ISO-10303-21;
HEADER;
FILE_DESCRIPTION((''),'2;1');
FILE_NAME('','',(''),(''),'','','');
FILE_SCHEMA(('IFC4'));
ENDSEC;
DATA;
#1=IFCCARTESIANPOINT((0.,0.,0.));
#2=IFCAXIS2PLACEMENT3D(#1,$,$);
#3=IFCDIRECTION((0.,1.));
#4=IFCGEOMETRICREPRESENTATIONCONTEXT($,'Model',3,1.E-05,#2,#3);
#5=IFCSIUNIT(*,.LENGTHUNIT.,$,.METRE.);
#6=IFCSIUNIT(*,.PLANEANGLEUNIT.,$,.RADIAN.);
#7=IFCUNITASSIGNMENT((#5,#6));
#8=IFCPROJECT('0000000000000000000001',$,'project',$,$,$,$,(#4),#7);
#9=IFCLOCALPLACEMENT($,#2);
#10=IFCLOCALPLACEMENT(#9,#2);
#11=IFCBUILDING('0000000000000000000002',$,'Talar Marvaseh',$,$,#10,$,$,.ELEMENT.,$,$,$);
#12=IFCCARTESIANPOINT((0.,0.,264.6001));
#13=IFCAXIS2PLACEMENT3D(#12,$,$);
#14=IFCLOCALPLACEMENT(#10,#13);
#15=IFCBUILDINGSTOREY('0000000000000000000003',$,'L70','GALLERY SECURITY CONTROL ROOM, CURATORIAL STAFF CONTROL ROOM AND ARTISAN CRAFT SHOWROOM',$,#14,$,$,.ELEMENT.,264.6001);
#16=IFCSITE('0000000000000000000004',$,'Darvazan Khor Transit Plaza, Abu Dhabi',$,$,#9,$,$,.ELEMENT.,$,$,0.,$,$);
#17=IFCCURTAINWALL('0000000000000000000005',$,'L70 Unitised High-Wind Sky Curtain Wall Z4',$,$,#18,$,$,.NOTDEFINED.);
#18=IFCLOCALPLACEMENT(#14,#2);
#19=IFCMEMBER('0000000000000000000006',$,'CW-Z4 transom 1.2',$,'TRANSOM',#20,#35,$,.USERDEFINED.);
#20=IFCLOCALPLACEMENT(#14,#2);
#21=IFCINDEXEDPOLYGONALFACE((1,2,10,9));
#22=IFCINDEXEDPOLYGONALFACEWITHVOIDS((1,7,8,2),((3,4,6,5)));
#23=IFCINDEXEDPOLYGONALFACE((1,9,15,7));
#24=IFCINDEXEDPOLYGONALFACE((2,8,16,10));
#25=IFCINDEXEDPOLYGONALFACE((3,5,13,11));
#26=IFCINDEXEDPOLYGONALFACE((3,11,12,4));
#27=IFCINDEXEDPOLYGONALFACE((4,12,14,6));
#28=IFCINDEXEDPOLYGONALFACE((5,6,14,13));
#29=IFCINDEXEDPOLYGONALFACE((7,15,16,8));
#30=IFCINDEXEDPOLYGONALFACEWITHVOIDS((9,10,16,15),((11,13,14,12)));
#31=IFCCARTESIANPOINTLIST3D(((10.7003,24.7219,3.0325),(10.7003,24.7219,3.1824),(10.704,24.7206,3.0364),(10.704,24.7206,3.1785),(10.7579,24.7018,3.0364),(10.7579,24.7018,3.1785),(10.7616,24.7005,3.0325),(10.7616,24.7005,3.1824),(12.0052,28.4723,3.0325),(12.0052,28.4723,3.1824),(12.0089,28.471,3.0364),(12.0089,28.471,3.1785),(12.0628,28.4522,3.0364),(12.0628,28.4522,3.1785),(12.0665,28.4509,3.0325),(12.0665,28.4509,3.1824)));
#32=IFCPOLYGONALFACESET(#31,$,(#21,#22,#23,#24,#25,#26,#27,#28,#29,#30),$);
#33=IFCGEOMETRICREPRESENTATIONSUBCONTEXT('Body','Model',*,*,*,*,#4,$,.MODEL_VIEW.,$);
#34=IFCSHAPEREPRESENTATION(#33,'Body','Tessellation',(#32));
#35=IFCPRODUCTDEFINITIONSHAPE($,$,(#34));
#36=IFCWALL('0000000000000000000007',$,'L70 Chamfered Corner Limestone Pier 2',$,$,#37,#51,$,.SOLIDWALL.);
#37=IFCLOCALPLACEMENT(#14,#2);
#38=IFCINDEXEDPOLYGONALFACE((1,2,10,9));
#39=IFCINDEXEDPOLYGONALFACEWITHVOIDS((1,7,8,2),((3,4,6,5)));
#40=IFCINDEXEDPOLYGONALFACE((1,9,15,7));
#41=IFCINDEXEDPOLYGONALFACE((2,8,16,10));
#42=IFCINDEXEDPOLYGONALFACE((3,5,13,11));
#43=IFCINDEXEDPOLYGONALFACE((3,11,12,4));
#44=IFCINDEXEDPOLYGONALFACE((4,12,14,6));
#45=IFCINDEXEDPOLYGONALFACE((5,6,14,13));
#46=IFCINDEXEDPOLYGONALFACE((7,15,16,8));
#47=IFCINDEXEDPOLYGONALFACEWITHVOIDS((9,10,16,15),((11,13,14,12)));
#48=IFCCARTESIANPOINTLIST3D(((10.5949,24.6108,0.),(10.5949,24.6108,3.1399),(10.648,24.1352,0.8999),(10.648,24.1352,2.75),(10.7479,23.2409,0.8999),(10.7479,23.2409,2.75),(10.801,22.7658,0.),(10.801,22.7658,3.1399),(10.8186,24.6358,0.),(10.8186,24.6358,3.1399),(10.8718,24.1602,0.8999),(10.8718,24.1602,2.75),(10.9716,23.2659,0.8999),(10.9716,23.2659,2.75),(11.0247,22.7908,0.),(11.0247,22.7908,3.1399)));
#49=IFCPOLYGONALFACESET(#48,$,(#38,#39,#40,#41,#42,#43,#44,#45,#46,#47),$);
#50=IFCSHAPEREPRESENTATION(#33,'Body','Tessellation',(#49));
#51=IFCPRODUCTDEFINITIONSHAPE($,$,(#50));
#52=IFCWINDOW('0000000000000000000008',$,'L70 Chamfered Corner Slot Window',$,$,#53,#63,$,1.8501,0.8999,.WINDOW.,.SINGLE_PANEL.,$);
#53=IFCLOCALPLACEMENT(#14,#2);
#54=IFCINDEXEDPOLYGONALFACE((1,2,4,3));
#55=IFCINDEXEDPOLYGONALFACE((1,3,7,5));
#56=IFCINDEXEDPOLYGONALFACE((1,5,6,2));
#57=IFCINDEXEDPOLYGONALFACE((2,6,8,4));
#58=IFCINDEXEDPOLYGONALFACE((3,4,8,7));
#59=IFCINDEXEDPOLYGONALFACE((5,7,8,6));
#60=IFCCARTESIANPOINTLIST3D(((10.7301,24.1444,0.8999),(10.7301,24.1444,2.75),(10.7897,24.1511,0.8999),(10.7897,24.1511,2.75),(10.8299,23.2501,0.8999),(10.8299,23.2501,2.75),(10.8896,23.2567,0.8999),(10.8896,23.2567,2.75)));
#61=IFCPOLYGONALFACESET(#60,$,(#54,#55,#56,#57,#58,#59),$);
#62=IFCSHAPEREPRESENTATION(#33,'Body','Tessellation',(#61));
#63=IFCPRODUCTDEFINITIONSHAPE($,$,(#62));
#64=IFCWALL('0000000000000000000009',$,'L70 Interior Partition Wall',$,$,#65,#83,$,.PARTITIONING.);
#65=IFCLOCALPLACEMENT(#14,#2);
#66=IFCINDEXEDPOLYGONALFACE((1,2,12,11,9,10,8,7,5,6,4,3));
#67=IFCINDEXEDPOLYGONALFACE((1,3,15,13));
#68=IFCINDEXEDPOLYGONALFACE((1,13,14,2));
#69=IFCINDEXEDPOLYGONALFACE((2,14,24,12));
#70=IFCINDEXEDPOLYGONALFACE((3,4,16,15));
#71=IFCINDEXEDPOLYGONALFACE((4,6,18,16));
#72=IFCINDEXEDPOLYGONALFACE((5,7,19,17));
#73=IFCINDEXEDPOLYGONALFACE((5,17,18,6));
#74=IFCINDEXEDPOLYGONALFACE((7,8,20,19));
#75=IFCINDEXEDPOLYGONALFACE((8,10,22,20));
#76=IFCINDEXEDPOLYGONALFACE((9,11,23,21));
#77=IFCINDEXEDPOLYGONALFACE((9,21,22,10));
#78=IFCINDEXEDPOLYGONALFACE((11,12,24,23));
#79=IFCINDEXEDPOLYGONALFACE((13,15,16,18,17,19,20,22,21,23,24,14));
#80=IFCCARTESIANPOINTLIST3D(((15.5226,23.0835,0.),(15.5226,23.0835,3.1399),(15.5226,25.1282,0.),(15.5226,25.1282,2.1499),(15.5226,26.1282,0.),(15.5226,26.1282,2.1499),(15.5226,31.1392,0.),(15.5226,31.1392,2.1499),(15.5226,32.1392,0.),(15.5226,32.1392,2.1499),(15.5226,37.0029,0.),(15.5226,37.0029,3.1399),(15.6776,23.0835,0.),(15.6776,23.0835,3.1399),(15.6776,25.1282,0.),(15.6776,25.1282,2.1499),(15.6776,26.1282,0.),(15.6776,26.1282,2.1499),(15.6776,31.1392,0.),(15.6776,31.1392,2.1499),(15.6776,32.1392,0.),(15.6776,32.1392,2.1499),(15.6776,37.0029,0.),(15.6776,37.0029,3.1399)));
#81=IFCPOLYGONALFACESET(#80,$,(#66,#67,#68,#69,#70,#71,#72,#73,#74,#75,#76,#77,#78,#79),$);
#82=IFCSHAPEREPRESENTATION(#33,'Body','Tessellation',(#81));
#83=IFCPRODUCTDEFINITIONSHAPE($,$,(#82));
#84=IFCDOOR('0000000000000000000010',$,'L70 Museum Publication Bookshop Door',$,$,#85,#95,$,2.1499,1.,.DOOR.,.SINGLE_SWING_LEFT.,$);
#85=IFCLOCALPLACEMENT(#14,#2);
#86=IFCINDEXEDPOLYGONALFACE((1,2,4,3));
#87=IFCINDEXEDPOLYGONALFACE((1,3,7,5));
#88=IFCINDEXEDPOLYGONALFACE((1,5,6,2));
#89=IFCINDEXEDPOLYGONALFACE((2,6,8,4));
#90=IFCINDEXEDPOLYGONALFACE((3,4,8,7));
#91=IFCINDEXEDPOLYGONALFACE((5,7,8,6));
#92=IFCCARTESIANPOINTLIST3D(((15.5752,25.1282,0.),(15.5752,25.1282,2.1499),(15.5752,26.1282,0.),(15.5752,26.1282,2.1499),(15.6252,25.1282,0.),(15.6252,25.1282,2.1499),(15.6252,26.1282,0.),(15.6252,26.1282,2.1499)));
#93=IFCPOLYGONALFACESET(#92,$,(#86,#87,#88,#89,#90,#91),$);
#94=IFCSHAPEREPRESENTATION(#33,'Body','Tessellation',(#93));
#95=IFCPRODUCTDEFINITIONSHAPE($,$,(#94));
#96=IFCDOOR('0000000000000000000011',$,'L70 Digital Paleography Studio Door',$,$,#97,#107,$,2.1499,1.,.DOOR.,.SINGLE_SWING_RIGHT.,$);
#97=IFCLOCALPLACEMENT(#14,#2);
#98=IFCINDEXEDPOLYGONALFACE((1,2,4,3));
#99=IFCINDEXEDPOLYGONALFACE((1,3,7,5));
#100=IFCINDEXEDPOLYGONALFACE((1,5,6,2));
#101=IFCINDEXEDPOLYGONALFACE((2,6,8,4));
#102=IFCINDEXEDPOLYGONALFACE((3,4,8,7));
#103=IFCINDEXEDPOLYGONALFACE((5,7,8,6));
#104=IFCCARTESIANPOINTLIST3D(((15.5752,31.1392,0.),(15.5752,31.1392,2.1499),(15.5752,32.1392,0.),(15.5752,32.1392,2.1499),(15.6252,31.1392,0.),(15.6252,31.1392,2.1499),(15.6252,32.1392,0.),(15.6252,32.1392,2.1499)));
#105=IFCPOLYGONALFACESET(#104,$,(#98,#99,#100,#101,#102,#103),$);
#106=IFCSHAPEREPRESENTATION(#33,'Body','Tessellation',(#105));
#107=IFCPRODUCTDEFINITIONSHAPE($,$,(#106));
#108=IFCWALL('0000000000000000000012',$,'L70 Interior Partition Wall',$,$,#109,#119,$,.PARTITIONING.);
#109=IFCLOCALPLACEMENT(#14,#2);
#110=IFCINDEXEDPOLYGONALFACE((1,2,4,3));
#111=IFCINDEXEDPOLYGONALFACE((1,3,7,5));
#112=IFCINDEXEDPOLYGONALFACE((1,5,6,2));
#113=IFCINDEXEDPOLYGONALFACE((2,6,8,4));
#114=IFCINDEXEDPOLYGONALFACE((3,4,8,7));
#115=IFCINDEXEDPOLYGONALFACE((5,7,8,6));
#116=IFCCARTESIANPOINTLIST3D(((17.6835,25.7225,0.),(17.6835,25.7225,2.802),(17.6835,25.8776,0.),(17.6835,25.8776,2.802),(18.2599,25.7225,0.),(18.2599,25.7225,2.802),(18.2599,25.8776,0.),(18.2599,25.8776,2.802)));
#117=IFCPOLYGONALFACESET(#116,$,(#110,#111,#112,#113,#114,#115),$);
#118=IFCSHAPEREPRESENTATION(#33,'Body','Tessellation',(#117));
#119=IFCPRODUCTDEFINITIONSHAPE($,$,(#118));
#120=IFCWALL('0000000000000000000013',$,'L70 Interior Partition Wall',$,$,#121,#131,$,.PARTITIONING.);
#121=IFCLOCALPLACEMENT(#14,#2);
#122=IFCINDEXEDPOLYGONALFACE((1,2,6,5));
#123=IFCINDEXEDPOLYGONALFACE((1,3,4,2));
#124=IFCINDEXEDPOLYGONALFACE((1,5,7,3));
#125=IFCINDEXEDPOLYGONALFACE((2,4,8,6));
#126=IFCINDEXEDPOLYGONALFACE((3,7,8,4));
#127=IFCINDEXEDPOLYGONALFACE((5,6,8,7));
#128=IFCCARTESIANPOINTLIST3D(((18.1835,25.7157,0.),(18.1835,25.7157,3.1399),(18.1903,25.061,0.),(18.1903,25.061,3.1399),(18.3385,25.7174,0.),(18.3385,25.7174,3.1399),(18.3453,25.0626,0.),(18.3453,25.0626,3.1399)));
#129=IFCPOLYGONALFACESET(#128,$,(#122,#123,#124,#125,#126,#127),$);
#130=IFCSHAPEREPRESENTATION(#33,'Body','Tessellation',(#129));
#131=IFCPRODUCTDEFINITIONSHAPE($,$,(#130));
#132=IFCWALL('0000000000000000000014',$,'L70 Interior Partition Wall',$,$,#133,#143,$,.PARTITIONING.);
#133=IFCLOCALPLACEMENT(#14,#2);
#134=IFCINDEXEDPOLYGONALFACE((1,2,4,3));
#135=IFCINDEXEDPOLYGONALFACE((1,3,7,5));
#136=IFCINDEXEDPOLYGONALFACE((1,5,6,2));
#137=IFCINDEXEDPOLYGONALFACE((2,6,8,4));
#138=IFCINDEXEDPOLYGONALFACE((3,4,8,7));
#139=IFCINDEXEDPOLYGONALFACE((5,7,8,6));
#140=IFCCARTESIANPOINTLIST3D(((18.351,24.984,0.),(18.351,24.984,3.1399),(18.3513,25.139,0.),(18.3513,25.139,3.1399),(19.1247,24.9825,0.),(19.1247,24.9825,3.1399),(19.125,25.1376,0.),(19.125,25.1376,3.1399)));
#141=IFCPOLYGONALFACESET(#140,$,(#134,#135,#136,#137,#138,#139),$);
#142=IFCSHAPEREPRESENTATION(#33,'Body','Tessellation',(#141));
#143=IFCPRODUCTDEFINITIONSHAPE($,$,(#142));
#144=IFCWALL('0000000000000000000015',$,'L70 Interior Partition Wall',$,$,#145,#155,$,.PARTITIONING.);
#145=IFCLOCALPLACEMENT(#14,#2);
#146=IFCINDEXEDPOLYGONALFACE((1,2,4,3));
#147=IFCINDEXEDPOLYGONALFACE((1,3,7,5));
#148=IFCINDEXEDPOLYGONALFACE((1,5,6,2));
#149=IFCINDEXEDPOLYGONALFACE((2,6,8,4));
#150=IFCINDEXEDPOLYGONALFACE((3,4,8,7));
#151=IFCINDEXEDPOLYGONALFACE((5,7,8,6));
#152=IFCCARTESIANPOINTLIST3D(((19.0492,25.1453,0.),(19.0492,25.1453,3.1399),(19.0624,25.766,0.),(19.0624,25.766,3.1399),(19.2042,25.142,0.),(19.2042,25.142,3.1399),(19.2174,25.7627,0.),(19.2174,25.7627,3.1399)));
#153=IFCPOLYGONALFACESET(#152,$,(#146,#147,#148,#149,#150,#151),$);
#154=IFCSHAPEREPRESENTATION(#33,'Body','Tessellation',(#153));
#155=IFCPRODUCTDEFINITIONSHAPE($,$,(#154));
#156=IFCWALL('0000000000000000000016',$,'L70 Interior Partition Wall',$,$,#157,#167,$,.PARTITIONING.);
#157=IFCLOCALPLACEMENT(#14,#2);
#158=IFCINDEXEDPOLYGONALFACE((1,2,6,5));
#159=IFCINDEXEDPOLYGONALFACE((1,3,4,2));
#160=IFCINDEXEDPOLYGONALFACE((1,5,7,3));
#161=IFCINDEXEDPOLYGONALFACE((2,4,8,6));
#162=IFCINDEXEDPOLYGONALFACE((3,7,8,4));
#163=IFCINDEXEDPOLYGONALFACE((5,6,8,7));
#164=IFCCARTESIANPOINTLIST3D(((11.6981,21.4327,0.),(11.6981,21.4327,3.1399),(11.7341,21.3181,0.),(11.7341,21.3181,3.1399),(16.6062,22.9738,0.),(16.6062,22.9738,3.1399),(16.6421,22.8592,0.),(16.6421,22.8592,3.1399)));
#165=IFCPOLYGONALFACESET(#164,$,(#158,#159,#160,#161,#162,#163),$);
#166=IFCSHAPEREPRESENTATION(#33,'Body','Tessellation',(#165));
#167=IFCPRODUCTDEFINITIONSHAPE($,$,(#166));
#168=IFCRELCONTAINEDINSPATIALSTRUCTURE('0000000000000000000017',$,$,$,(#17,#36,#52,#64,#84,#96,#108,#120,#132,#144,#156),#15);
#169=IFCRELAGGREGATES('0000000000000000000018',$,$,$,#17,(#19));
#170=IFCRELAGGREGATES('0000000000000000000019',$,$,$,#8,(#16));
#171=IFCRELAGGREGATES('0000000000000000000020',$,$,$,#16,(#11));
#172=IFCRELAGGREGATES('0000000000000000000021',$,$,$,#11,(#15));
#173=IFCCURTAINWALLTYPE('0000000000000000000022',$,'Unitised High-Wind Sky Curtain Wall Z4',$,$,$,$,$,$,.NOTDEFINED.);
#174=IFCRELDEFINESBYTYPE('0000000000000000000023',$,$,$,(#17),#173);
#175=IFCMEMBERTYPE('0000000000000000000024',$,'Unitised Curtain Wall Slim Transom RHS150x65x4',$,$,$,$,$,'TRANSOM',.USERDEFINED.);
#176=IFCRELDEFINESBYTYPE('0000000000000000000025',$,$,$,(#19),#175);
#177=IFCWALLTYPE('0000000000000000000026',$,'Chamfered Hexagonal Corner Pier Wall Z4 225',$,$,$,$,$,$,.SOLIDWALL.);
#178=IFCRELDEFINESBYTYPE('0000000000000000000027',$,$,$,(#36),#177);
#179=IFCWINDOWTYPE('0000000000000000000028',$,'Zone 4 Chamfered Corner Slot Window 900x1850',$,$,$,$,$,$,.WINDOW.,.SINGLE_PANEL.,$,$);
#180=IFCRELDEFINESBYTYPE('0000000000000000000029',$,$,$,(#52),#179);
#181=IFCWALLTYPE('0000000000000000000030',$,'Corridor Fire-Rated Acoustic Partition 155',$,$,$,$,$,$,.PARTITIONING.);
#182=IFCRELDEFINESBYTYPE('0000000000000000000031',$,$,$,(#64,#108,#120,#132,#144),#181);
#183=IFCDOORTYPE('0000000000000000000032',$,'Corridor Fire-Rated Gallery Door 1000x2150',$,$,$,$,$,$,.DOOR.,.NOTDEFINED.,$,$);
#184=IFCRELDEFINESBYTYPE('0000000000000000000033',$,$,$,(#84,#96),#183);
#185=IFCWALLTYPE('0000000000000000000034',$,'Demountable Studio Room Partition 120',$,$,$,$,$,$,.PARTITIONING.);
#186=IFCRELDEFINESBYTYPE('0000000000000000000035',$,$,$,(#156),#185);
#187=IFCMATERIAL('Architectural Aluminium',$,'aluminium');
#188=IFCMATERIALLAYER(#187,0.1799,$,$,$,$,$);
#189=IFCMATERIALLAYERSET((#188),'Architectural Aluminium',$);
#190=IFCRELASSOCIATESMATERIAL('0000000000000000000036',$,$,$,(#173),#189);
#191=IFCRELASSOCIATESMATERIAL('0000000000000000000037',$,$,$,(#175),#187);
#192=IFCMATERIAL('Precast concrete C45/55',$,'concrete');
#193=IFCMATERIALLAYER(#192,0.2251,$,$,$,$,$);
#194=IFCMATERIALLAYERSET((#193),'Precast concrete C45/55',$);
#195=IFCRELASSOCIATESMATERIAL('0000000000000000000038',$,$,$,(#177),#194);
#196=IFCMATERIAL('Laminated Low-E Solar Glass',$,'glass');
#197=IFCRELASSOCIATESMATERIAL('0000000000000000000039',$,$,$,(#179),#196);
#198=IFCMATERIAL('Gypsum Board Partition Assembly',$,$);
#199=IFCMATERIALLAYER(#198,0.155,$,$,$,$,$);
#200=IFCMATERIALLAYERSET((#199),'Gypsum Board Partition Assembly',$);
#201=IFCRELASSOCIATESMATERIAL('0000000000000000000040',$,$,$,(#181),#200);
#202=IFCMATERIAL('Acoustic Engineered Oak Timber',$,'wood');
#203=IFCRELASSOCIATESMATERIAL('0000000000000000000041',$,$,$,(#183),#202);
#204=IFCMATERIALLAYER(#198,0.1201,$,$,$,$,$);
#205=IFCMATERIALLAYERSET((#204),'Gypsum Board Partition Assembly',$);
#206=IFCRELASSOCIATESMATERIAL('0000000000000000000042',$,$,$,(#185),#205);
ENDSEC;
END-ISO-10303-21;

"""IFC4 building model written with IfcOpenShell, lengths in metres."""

from ifc_helpers import new_model, si_unit, direction, frame, frame_2d, origin, origin_2d, place, context, subcontext, project, spatial, rectangle, hollow_rectangle, extrude, source, transform, mapped, material, layer, layer_set, material_profile, profile_set, type_object, type_shapes, element, fill, aggregate, save


model = new_model("IFC4")

# Units and contexts
model_context = context("Model", 3, precision=1e-05, world=origin(), true_north=direction((0.0, 1.0)))
body_context = subcontext(model_context, "Body", "Model", "MODEL_VIEW")
ifc_project = project(units=[si_unit("LENGTHUNIT", "METRE"), si_unit("PLANEANGLEUNIT", "RADIAN")], contexts=[model_context])

# Site, building, storey
site_placement = place(None, origin())
site = spatial("IfcSite", under=ifc_project, at=site_placement, Name="Darvazan Khor Transit Plaza, Abu Dhabi", CompositionType="ELEMENT", RefElevation=0.0)
building_placement = place(site_placement, origin())
building = spatial("IfcBuilding", under=site, at=building_placement, Name="Talar Marvaseh", CompositionType="ELEMENT")
storey_placement = place(building_placement, frame((0.0, 0.0, 264.6001)))
storey = spatial("IfcBuildingStorey", under=building, at=storey_placement, Name="L70", Description="GALLERY SECURITY CONTROL ROOM, CURATORIAL STAFF CONTROL ROOM AND ARTISAN CRAFT SHOWROOM", CompositionType="ELEMENT", Elevation=264.6001)

# Shared definitions
ifc_material_1 = material(Name="Architectural Aluminium", Category="aluminium")
ifc_layer_1 = layer(ifc_material_1, 0.1799)
ifc_layer_set_1 = layer_set([ifc_layer_1], Name="Architectural Aluminium")
curtain_wall_type = type_object("IfcCurtainWallType", Name="Unitised High-Wind Sky Curtain Wall Z4", PredefinedType="NOTDEFINED", material=ifc_layer_set_1)

# Curtain wall, member
curtain_wall_1_placement = place(storey_placement, origin())
curtain_wall_1 = element("IfcCurtainWall", 1, at=curtain_wall_1_placement, inside=storey, type_object=curtain_wall_type, Name="L70 Unitised High-Wind Sky Curtain Wall Z4", PredefinedType="NOTDEFINED")
ifc_material_profile_1 = material_profile(ifc_material_1, hollow_rectangle(XDim=0.0649, YDim=0.1499, WallThickness=0.0039, at=origin_2d()), Name="RHS150x65x4")
ifc_profile_set_1 = profile_set([ifc_material_profile_1], Name="Architectural Aluminium")
member_type_1 = type_object("IfcMemberType", Name="Unitised Curtain Wall Slim Transom RHS150x65x4", ElementType="TRANSOM", PredefinedType="USERDEFINED", material=ifc_profile_set_1)
shared_shape_1 = source(origin(), body_context, "Body", "SweptSolid", [
    extrude(hollow_rectangle(XDim=0.0649, YDim=0.1499, WallThickness=0.0039, at=origin_2d()), origin(), (0.0, 0.0, 1.0), 3.9709),
])
type_shapes(member_type_1, [shared_shape_1])
member_1_placement = place(storey_placement, frame((10.731, 24.7112, 3.1074), z_axis=(0.328614, 0.944464, 0.0), x_axis=(-0.944464, 0.328614, 0.0)))
member_1 = element("IfcMember", 2, at=member_1_placement, type_object=member_type_1, Name="CW-Z4 transom 1.2", ObjectType="TRANSOM", PredefinedType="USERDEFINED", context=body_context, shape_type="MappedRepresentation", body=[
    mapped(shared_shape_1, transform((0.0, 0.0, 0.0), x_axis=(1.0, 0.0, 0.0), y_axis=(0.0, 1.0, 0.0), z_axis=(0.0, 0.0, 1.0), scale=1.0)),
])
aggregate(curtain_wall_1, [member_1])

# Wall, opening, window
ifc_material_2 = material(Name="Precast concrete C45/55", Category="concrete")
ifc_layer_2 = layer(ifc_material_2, 0.2251)
ifc_layer_set_2 = layer_set([ifc_layer_2], Name="Precast concrete C45/55")
wall_type_1 = type_object("IfcWallType", Name="Chamfered Hexagonal Corner Pier Wall Z4 225", PredefinedType="SOLIDWALL", material=ifc_layer_set_2)
wall_1_placement = place(storey_placement, frame((10.9128, 22.7783, 0.0), z_axis=(0.0, 0.0, 1.0), x_axis=(-0.110994, 0.993821, 0.0)))
wall_1 = element("IfcWall", 3, at=wall_1_placement, inside=storey, type_object=wall_type_1, Name="L70 Chamfered Corner Limestone Pier 2", PredefinedType="SOLIDWALL", context=body_context, shape_type="SweptSolid", body=[
    extrude(rectangle(XDim=1.8564, YDim=0.2251, at=frame_2d((0.9282, 0.0))), origin(), (0.0, 0.0, 1.0), 3.1399),
])
opening_1_placement = place(wall_1_placement, frame((0.478, 0.0, 0.8999)))
opening_1 = element("IfcOpeningElement", 4, at=opening_1_placement, cuts=wall_1, PredefinedType="OPENING", context=body_context, shape_type="SweptSolid", body=[
    extrude(rectangle(XDim=0.8999, YDim=1.8501, at=frame_2d((0.45, 0.925))), frame((0.0, 0.1226, 0.0), z_axis=(0.0, -1.0, 0.0), x_axis=(1.0, 0.0, 0.0)), (0.0, 0.0, 1.0), 0.2451),
])
ifc_material_3 = material(Name="Laminated Low-E Solar Glass", Category="glass")
window_type = type_object("IfcWindowType", Name="Zone 4 Chamfered Corner Slot Window 900x1850", PartitioningType="SINGLE_PANEL", PredefinedType="WINDOW", material=ifc_material_3)
shared_shape_2 = source(origin(), body_context, "Body", "SweptSolid", [
    extrude(rectangle(XDim=0.8999, YDim=1.8501, at=frame_2d((0.45, 0.925))), frame((0.0, 0.03, 0.0), z_axis=(0.0, -1.0, 0.0), x_axis=(1.0, 0.0, 0.0)), (0.0, 0.0, 1.0), 0.0601),
])
type_shapes(window_type, [shared_shape_2])
window_placement = place(opening_1_placement, origin())
window = element("IfcWindow", 5, at=window_placement, inside=storey, type_object=window_type, Name="L70 Chamfered Corner Slot Window", OverallHeight=1.8501, OverallWidth=0.8999, PartitioningType="SINGLE_PANEL", PredefinedType="WINDOW", context=body_context, shape_type="MappedRepresentation", body=[
    mapped(shared_shape_2, transform((0.0, 0.0, 0.0), x_axis=(1.0, 0.0, 0.0), y_axis=(0.0, 1.0, 0.0), z_axis=(0.0, 0.0, 1.0), scale=1.0)),
])
fill(opening_1, window)

# Wall, openings, doors
ifc_material_4 = material(Name="Gypsum Board Partition Assembly")
ifc_layer_3 = layer(ifc_material_4, 0.155)
ifc_layer_set_3 = layer_set([ifc_layer_3], Name="Gypsum Board Partition Assembly")
wall_type_2 = type_object("IfcWallType", Name="Corridor Fire-Rated Acoustic Partition 155", PredefinedType="PARTITIONING", material=ifc_layer_set_3)
wall_2_placement = place(storey_placement, frame((15.6001, 23.0835, 0.0), z_axis=(0.0, 0.0, 1.0), x_axis=(0.0, 1.0, 0.0)))
wall_2 = element("IfcWall", 6, at=wall_2_placement, inside=storey, type_object=wall_type_2, Name="L70 Interior Partition Wall", PredefinedType="PARTITIONING", context=body_context, shape_type="SweptSolid", body=[
    extrude(rectangle(XDim=13.9194, YDim=0.155, at=frame_2d((6.9597, 0.0))), origin(), (0.0, 0.0, 1.0), 3.1399),
])
opening_2_placement = place(wall_2_placement, frame((2.0447, 0.0, 0.0)))
opening_2 = element("IfcOpeningElement", 7, at=opening_2_placement, cuts=wall_2, PredefinedType="OPENING", context=body_context, shape_type="SweptSolid", body=[
    extrude(rectangle(XDim=1.0, YDim=2.1499, at=frame_2d((0.5, 1.075))), frame((0.0, 0.0874, 0.0), z_axis=(0.0, -1.0, 0.0), x_axis=(1.0, 0.0, 0.0)), (0.0, 0.0, 1.0), 0.175),
])
opening_3_placement = place(wall_2_placement, frame((8.0557, 0.0, 0.0)))
opening_3 = element("IfcOpeningElement", 8, at=opening_3_placement, cuts=wall_2, PredefinedType="OPENING", context=body_context, shape_type="SweptSolid", body=[
    extrude(rectangle(XDim=1.0, YDim=2.1499, at=frame_2d((0.5, 1.075))), frame((0.0, 0.0874, 0.0), z_axis=(0.0, -1.0, 0.0), x_axis=(1.0, 0.0, 0.0)), (0.0, 0.0, 1.0), 0.175),
])
ifc_material_5 = material(Name="Acoustic Engineered Oak Timber", Category="wood")
door_type = type_object("IfcDoorType", Name="Corridor Fire-Rated Gallery Door 1000x2150", OperationType="NOTDEFINED", PredefinedType="DOOR", material=ifc_material_5)
shared_shape_3 = source(origin(), body_context, "Body", "SweptSolid", [
    extrude(rectangle(XDim=1.0, YDim=2.1499, at=frame_2d((0.5, 1.075))), frame((0.0, 0.0249, 0.0), z_axis=(0.0, -1.0, 0.0), x_axis=(1.0, 0.0, 0.0)), (0.0, 0.0, 1.0), 0.05),
])
type_shapes(door_type, [shared_shape_3])
door_1_placement = place(opening_2_placement, origin())
door_1 = element("IfcDoor", 9, at=door_1_placement, inside=storey, type_object=door_type, Name="L70 Museum Publication Bookshop Door", OperationType="SINGLE_SWING_LEFT", OverallHeight=2.1499, OverallWidth=1.0, PredefinedType="DOOR", context=body_context, shape_type="MappedRepresentation", body=[
    mapped(shared_shape_3, transform((0.0, 0.0, 0.0), x_axis=(1.0, 0.0, 0.0), y_axis=(0.0, 1.0, 0.0), z_axis=(0.0, 0.0, 1.0), scale=1.0)),
])
fill(opening_2, door_1)
door_2_placement = place(opening_3_placement, origin())
door_2 = element("IfcDoor", 10, at=door_2_placement, inside=storey, type_object=door_type, Name="L70 Digital Paleography Studio Door", OperationType="SINGLE_SWING_RIGHT", OverallHeight=2.1499, OverallWidth=1.0, PredefinedType="DOOR", context=body_context, shape_type="MappedRepresentation", body=[
    mapped(shared_shape_3, transform((0.0, 0.0, 0.0), x_axis=(1.0, 0.0, 0.0), y_axis=(0.0, 1.0, 0.0), z_axis=(0.0, 0.0, 1.0), scale=1.0)),
])
fill(opening_3, door_2)

# Walls
wall_3_placement = place(storey_placement, frame((17.6836, 25.8, 0.0), z_axis=(0.0, 0.0, 1.0), x_axis=(1.0, 0.0, 0.0)))
element("IfcWall", 11, at=wall_3_placement, inside=storey, type_object=wall_type_2, Name="L70 Interior Partition Wall", PredefinedType="PARTITIONING", context=body_context, shape_type="SweptSolid", body=[
    extrude(rectangle(XDim=0.5764, YDim=0.155, at=frame_2d((0.2881, 0.0))), origin(), (0.0, 0.0, 1.0), 2.802),
])
wall_4_placement = place(storey_placement, frame((18.261, 25.7166, 0.0), z_axis=(0.0, 0.0, 1.0), x_axis=(0.010439, -0.999946, 0.0)))
element("IfcWall", 12, at=wall_4_placement, inside=storey, type_object=wall_type_2, Name="L70 Interior Partition Wall", PredefinedType="PARTITIONING", context=body_context, shape_type="SweptSolid", body=[
    extrude(rectangle(XDim=0.6548, YDim=0.155, at=frame_2d((0.3274, 0.0))), origin(), (0.0, 0.0, 1.0), 3.1399),
])
wall_5_placement = place(storey_placement, frame((18.3513, 25.0615, 0.0), z_axis=(0.0, 0.0, 1.0), x_axis=(0.999998, -0.001893, 0.0)))
element("IfcWall", 13, at=wall_5_placement, inside=storey, type_object=wall_type_2, Name="L70 Interior Partition Wall", PredefinedType="PARTITIONING", context=body_context, shape_type="SweptSolid", body=[
    extrude(rectangle(XDim=0.7737, YDim=0.155, at=frame_2d((0.3867, 0.0))), origin(), (0.0, 0.0, 1.0), 3.1399),
])
wall_6_placement = place(storey_placement, frame((19.1267, 25.1436, 0.0), z_axis=(0.0, 0.0, 1.0), x_axis=(0.021238, 0.999774, 0.0)))
element("IfcWall", 14, at=wall_6_placement, inside=storey, type_object=wall_type_2, Name="L70 Interior Partition Wall", PredefinedType="PARTITIONING", context=body_context, shape_type="SweptSolid", body=[
    extrude(rectangle(XDim=0.6208, YDim=0.155, at=frame_2d((0.3105, 0.0))), origin(), (0.0, 0.0, 1.0), 3.1399),
])
ifc_layer_4 = layer(ifc_material_4, 0.1201)
ifc_layer_set_4 = layer_set([ifc_layer_4], Name="Gypsum Board Partition Assembly")
wall_type_3 = type_object("IfcWallType", Name="Demountable Studio Room Partition 120", PredefinedType="PARTITIONING", material=ifc_layer_set_4)
wall_7_placement = place(storey_placement, frame((16.6243, 22.9165, 0.0), z_axis=(0.0, 0.0, 1.0), x_axis=(-0.954076, -0.299564, 0.0)))
element("IfcWall", 15, at=wall_7_placement, inside=storey, type_object=wall_type_3, Name="L70 Interior Partition Wall", PredefinedType="PARTITIONING", context=body_context, shape_type="SweptSolid", body=[
    extrude(rectangle(XDim=5.1443, YDim=0.1201, at=frame_2d((2.5723, 0.0))), origin(), (0.0, 0.0, 1.0), 3.1399),
])

save(model, "model.ifc")
